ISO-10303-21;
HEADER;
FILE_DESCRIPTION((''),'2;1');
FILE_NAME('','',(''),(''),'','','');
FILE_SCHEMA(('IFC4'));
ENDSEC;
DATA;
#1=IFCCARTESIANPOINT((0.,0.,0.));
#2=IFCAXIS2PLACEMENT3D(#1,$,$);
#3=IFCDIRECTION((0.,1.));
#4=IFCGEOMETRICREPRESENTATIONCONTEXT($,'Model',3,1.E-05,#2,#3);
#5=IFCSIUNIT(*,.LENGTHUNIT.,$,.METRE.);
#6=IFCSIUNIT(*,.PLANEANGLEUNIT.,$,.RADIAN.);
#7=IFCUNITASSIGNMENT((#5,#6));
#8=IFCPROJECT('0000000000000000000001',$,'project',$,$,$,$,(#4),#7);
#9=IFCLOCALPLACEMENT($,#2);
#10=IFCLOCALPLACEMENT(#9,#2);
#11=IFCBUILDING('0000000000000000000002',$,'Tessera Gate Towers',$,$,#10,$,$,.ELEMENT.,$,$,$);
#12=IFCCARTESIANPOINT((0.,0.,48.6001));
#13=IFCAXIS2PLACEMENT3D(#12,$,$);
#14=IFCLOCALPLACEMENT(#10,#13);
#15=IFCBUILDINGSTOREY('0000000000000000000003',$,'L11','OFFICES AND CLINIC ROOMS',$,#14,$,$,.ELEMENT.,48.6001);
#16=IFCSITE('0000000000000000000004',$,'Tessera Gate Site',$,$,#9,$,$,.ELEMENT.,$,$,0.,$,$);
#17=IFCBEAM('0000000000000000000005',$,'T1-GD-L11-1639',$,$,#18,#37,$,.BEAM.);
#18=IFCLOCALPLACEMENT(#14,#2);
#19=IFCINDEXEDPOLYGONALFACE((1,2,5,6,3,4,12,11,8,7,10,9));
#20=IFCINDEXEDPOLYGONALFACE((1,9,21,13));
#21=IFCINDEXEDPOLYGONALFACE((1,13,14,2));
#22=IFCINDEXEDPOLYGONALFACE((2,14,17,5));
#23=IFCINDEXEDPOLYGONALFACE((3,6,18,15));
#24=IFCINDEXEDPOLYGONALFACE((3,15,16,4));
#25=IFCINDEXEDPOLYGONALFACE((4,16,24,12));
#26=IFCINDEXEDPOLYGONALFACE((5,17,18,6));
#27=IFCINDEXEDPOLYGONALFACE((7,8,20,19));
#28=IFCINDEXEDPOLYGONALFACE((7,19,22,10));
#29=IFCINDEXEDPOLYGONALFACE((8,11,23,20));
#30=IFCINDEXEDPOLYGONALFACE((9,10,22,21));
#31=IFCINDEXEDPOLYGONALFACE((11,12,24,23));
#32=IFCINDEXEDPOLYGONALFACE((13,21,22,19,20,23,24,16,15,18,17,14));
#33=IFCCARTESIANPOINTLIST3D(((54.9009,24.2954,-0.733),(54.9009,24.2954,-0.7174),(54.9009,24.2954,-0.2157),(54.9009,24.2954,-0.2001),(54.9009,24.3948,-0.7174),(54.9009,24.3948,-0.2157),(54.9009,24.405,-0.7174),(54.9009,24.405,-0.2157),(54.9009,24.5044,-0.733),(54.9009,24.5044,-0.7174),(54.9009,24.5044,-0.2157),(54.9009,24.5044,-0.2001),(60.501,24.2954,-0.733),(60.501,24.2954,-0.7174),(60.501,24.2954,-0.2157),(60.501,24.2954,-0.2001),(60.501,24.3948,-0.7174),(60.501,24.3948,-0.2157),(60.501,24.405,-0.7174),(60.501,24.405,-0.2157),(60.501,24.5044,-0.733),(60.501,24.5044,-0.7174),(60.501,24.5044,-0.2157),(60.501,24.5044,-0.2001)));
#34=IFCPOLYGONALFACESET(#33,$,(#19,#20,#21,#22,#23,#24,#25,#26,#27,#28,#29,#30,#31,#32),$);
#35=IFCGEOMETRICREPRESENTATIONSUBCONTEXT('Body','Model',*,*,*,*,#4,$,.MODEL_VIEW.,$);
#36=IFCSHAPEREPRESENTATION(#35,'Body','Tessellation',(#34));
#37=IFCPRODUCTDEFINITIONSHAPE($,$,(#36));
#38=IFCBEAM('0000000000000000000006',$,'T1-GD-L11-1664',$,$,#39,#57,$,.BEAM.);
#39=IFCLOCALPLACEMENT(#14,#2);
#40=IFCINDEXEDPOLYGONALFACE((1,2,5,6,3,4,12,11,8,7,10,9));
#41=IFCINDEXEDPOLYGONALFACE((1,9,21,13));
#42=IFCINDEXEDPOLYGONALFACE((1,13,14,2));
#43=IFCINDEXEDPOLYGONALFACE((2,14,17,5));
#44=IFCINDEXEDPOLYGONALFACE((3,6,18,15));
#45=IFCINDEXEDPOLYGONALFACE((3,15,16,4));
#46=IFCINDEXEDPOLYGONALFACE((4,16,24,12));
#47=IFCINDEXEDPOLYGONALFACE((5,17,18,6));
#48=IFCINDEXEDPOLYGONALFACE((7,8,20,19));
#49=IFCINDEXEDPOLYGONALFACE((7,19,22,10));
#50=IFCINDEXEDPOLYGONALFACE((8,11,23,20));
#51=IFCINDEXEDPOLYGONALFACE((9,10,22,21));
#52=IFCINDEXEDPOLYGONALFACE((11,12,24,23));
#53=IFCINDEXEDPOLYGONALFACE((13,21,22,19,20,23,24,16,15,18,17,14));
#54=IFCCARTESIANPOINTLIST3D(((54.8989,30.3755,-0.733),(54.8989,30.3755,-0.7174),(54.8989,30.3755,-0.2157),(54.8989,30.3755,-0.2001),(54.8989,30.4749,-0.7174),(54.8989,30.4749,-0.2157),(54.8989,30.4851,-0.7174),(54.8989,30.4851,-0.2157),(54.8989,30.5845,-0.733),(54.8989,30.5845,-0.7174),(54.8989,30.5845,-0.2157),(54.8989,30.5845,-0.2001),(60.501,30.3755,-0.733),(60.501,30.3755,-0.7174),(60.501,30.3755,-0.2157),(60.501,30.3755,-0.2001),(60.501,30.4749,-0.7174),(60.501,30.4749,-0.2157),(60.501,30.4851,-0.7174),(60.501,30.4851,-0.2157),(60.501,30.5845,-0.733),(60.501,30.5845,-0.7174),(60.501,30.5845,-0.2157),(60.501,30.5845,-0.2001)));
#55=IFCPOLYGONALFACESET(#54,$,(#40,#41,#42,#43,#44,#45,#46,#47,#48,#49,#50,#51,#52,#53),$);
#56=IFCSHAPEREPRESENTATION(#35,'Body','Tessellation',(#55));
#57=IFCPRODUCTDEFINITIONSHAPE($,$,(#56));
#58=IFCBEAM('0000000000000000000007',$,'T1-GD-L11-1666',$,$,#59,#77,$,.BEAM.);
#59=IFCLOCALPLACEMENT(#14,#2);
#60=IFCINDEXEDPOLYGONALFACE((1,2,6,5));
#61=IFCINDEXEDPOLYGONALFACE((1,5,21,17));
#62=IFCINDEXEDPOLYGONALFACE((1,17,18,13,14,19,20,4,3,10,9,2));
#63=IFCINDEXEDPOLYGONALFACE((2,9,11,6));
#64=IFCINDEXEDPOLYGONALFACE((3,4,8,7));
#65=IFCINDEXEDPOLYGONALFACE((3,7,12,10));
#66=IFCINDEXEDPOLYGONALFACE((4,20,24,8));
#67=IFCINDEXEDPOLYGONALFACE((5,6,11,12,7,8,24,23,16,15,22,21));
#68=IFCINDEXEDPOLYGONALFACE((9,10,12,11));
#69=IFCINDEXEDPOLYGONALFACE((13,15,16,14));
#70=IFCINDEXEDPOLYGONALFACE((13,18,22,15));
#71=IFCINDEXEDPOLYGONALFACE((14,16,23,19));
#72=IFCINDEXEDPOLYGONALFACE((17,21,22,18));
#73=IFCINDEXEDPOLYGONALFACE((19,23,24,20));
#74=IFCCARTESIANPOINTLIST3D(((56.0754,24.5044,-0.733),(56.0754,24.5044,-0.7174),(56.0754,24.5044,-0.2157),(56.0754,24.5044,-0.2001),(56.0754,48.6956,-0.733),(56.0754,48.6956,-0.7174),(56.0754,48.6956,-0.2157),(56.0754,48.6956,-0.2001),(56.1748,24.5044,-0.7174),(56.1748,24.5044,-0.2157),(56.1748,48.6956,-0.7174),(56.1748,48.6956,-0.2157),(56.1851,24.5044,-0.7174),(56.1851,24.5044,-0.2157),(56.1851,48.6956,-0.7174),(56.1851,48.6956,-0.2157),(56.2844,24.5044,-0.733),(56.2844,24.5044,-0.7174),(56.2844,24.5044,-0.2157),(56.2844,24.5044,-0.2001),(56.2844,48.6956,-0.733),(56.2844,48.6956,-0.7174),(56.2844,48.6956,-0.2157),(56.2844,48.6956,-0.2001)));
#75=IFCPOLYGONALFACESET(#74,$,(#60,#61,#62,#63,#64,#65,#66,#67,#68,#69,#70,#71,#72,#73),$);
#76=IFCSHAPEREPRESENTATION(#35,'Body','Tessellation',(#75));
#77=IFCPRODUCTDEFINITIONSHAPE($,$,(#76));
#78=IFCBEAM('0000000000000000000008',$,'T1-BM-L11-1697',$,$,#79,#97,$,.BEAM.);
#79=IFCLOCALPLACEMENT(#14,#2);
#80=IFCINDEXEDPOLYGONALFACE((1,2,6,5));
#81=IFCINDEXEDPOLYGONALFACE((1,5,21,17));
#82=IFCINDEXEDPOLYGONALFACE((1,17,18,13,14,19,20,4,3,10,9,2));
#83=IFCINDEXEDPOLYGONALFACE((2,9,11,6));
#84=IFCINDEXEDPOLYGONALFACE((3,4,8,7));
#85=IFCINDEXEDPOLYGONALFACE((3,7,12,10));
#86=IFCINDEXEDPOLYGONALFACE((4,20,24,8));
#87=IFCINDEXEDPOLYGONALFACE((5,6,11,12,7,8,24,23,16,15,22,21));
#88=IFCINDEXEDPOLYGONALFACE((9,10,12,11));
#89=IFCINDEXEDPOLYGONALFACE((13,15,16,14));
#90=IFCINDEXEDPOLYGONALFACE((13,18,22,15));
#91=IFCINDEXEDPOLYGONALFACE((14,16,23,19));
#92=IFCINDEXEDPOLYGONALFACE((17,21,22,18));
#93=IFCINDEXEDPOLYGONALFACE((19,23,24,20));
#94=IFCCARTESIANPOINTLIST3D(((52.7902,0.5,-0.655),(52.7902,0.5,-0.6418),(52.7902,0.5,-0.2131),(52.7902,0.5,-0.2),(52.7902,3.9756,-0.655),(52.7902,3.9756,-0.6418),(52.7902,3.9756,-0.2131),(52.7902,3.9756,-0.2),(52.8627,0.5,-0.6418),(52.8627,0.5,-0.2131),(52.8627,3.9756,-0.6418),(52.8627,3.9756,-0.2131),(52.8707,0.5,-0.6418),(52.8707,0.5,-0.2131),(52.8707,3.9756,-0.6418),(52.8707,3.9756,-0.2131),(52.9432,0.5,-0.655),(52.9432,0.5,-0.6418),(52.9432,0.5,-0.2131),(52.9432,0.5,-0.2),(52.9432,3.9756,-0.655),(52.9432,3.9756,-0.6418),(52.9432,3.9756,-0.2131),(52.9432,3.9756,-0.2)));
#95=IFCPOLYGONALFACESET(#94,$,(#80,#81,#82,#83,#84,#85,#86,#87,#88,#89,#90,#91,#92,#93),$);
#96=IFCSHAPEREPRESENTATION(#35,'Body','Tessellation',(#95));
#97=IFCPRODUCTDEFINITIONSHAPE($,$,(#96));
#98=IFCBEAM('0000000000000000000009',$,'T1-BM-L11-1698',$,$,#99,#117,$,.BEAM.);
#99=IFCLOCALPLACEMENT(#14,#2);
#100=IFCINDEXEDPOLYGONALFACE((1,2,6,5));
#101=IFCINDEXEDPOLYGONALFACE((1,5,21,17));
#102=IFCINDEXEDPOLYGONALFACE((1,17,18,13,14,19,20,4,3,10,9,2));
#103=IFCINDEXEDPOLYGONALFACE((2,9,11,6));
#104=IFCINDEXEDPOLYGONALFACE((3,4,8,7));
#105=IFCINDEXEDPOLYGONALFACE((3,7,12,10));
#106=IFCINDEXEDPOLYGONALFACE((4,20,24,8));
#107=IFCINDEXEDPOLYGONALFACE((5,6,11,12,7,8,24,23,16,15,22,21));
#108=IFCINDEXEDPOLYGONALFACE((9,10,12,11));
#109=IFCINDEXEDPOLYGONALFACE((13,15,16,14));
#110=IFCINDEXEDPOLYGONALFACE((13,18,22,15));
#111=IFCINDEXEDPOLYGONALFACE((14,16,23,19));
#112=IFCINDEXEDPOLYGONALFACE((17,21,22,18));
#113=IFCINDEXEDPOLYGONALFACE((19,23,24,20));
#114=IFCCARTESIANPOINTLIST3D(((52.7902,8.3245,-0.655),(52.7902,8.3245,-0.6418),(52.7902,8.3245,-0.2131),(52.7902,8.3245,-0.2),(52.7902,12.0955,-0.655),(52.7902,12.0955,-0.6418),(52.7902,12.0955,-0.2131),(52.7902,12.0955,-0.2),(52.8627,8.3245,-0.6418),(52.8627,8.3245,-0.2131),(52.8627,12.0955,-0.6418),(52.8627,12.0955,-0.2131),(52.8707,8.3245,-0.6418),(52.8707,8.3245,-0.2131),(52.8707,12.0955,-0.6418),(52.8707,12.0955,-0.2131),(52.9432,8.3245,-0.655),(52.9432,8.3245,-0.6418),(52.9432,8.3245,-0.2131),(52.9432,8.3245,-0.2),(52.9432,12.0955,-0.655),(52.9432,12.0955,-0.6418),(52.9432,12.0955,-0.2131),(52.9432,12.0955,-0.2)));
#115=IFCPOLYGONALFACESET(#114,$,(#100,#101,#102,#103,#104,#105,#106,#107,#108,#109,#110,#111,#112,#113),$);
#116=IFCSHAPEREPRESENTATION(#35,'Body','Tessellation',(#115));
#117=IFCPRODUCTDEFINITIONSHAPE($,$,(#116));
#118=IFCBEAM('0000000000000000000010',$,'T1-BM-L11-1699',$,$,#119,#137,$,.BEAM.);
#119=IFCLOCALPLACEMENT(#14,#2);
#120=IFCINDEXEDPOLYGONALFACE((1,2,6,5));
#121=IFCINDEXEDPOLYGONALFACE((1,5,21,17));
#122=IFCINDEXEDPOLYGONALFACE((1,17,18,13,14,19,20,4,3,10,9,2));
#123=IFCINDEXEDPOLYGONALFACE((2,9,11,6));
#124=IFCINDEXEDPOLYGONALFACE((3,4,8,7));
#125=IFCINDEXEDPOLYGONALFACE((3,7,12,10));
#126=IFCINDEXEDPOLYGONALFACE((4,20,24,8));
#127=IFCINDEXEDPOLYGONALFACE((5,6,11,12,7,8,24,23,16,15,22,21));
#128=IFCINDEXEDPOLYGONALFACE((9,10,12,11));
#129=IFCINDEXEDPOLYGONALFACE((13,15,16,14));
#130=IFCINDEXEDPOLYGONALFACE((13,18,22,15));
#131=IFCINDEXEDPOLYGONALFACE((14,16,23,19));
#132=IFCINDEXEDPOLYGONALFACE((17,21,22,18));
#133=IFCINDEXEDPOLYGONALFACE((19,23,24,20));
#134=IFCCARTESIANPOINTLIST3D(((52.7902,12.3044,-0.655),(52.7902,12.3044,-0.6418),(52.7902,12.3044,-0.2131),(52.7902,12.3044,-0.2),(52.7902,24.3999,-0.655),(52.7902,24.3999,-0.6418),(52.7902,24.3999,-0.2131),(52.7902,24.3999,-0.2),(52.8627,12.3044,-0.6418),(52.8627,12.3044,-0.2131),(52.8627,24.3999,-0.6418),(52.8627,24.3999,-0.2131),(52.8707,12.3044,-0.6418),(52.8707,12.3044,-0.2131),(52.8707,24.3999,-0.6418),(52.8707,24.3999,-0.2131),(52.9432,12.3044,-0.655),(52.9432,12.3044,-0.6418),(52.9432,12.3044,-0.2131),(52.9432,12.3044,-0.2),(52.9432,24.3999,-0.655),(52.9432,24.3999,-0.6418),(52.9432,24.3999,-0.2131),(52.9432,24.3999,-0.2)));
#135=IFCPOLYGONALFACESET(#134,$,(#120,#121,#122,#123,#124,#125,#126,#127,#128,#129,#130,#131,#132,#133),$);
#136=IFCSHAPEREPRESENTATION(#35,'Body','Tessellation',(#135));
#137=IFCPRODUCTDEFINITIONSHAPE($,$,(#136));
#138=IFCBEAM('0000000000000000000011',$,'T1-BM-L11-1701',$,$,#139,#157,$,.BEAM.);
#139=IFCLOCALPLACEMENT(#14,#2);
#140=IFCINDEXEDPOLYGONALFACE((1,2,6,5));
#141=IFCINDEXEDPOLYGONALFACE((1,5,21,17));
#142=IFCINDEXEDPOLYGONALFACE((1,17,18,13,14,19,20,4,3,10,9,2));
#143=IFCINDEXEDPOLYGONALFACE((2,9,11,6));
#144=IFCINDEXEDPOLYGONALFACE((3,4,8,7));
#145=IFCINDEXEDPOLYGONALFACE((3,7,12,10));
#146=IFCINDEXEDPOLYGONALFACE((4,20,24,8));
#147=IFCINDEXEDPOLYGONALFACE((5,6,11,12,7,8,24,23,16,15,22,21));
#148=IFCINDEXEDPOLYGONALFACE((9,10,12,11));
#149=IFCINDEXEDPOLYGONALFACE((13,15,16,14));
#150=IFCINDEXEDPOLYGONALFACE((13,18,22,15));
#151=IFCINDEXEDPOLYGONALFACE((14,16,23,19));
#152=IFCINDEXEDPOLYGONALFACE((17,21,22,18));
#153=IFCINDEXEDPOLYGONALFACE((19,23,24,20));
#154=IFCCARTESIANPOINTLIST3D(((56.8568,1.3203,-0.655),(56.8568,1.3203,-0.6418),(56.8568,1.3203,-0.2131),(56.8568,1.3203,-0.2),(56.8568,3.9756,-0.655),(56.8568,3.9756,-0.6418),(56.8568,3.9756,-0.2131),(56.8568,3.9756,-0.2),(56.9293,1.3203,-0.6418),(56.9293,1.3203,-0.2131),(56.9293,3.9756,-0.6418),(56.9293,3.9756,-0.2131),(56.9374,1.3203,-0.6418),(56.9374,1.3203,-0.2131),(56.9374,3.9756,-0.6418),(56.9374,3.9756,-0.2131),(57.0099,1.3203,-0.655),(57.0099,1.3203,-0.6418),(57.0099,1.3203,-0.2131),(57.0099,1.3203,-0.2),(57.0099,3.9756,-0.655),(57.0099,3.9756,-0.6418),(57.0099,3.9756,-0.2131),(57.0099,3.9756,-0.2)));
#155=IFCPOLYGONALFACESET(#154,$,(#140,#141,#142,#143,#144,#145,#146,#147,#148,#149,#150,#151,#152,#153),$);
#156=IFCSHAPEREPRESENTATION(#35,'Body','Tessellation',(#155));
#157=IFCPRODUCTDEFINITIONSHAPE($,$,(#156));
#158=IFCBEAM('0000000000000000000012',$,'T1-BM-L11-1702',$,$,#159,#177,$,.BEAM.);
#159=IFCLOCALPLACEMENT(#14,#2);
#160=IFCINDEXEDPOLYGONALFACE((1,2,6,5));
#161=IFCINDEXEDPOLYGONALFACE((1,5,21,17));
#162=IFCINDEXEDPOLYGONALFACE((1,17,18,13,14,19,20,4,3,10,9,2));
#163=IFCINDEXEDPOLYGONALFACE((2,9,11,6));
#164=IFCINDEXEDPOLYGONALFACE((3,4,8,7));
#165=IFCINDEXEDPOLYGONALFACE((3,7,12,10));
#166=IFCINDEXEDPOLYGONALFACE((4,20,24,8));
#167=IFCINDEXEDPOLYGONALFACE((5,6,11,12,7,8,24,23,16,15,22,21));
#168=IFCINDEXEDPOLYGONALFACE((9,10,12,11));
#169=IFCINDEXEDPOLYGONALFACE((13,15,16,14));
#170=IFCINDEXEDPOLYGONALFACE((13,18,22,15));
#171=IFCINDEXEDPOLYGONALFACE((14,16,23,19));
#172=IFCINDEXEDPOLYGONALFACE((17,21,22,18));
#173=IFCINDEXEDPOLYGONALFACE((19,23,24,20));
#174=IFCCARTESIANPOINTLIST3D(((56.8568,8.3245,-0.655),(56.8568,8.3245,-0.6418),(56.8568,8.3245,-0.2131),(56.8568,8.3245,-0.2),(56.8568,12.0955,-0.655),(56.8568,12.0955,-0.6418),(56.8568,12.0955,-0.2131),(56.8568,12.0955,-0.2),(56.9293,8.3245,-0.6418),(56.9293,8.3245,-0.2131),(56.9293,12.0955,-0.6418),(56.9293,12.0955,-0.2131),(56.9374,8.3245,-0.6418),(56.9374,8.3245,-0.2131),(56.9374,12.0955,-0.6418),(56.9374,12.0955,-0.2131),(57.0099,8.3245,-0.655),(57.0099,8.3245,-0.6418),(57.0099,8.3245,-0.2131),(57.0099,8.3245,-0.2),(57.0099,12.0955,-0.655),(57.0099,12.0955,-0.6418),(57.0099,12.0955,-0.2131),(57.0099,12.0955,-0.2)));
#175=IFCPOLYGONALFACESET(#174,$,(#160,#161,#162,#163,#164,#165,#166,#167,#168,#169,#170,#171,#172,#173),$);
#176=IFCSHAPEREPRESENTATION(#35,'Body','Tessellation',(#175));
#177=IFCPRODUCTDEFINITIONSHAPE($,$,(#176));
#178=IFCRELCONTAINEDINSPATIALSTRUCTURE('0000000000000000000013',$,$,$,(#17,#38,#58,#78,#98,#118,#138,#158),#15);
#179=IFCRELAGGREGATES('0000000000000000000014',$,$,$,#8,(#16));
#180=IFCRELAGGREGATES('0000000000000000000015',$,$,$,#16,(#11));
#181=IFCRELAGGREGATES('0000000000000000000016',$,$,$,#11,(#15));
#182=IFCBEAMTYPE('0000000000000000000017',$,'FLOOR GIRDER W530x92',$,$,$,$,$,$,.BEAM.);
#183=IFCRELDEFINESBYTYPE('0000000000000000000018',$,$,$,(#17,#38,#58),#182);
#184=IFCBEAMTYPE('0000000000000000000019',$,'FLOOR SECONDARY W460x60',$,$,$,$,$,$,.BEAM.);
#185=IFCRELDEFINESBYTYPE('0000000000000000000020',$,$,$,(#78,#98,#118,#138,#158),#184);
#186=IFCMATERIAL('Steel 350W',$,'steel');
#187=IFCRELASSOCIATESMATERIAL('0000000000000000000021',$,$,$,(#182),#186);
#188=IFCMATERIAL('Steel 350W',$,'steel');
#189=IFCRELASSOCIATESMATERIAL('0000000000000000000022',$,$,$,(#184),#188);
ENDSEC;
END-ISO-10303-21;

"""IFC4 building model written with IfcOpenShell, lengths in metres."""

from ifc_helpers import new_model, si_unit, direction, frame, origin, origin_2d, place, context, subcontext, project, spatial, i_section, extrude, material, material_profile, profile_set, type_object, element, save


model = new_model("IFC4")

# Units and contexts
model_context = context("Model", 3, precision=1e-05, world=origin(), true_north=direction((0.0, 1.0)))
body_context = subcontext(model_context, "Body", "Model", "MODEL_VIEW")
ifc_project = project(units=[si_unit("LENGTHUNIT", "METRE"), si_unit("PLANEANGLEUNIT", "RADIAN")], contexts=[model_context])

# Site, building, storey
site_placement = place(None, origin())
site = spatial("IfcSite", under=ifc_project, at=site_placement, Name="Tessera Gate Site", CompositionType="ELEMENT", RefElevation=0.0)
building_placement = place(site_placement, origin())
building = spatial("IfcBuilding", under=site, at=building_placement, Name="Tessera Gate Towers", CompositionType="ELEMENT")
storey_placement = place(building_placement, frame((0.0, 0.0, 48.6001)))
storey = spatial("IfcBuildingStorey", under=building, at=storey_placement, Name="L11", Description="OFFICES AND CLINIC ROOMS", CompositionType="ELEMENT", Elevation=48.6001)

# Beams
ifc_material_1 = material(Name="Steel 350W", Category="steel")
ifc_material_profile_1 = material_profile(ifc_material_1, i_section(OverallWidth=0.209, OverallDepth=0.533, WebThickness=0.0103, FlangeThickness=0.0156, at=origin_2d()), Name="W530x92")
ifc_profile_set_1 = profile_set([ifc_material_profile_1], Name="Steel 350W")
beam_type_1 = type_object("IfcBeamType", Name="FLOOR GIRDER W530x92", PredefinedType="BEAM", material=ifc_profile_set_1)
beam_1_placement = place(storey_placement, frame((54.9009, 24.3999, -0.4666), z_axis=(1.0, 0.0, 0.0), x_axis=(0.0, 1.0, 0.0)))
element("IfcBeam", 1, at=beam_1_placement, inside=storey, type_object=beam_type_1, Name="T1-GD-L11-1639", PredefinedType="BEAM", context=body_context, shape_type="SweptSolid", body=[
    extrude(i_section(OverallWidth=0.209, OverallDepth=0.533, WebThickness=0.0103, FlangeThickness=0.0156, at=origin_2d()), origin(), (0.0, 0.0, 1.0), 5.6001),
])
beam_2_placement = place(storey_placement, frame((54.8989, 30.48, -0.4666), z_axis=(1.0, 0.0, 0.0), x_axis=(0.0, 1.0, 0.0)))
element("IfcBeam", 2, at=beam_2_placement, inside=storey, type_object=beam_type_1, Name="T1-GD-L11-1664", PredefinedType="BEAM", context=body_context, shape_type="SweptSolid", body=[
    extrude(i_section(OverallWidth=0.209, OverallDepth=0.533, WebThickness=0.0103, FlangeThickness=0.0156, at=origin_2d()), origin(), (0.0, 0.0, 1.0), 5.6021),
])
beam_3_placement = place(storey_placement, frame((56.1799, 24.5044, -0.4666), z_axis=(0.0, 1.0, 0.0), x_axis=(-1.0, 0.0, 0.0)))
element("IfcBeam", 3, at=beam_3_placement, inside=storey, type_object=beam_type_1, Name="T1-GD-L11-1666", PredefinedType="BEAM", context=body_context, shape_type="SweptSolid", body=[
    extrude(i_section(OverallWidth=0.209, OverallDepth=0.533, WebThickness=0.0103, FlangeThickness=0.0156, at=origin_2d()), origin(), (0.0, 0.0, 1.0), 24.1912),
])
ifc_material_2 = material(Name="Steel 350W", Category="steel")
ifc_material_profile_2 = material_profile(ifc_material_2, i_section(OverallWidth=0.1531, OverallDepth=0.4551, WebThickness=0.0081, FlangeThickness=0.0132, at=origin_2d()), Name="W460x60")
ifc_profile_set_2 = profile_set([ifc_material_profile_2], Name="Steel 350W")
beam_type_2 = type_object("IfcBeamType", Name="FLOOR SECONDARY W460x60", PredefinedType="BEAM", material=ifc_profile_set_2)
beam_4_placement = place(storey_placement, frame((52.8667, 0.5, -0.4275), z_axis=(0.0, 1.0, 0.0), x_axis=(-1.0, 0.0, 0.0)))
element("IfcBeam", 4, at=beam_4_placement, inside=storey, type_object=beam_type_2, Name="T1-BM-L11-1697", PredefinedType="BEAM", context=body_context, shape_type="SweptSolid", body=[
    extrude(i_section(OverallWidth=0.1531, OverallDepth=0.4551, WebThickness=0.0081, FlangeThickness=0.0132, at=origin_2d()), origin(), (0.0, 0.0, 1.0), 3.4756),
])
beam_5_placement = place(storey_placement, frame((52.8667, 8.3245, -0.4275), z_axis=(0.0, 1.0, 0.0), x_axis=(-1.0, 0.0, 0.0)))
element("IfcBeam", 5, at=beam_5_placement, inside=storey, type_object=beam_type_2, Name="T1-BM-L11-1698", PredefinedType="BEAM", context=body_context, shape_type="SweptSolid", body=[
    extrude(i_section(OverallWidth=0.1531, OverallDepth=0.4551, WebThickness=0.0081, FlangeThickness=0.0132, at=origin_2d()), origin(), (0.0, 0.0, 1.0), 3.771),
])
beam_6_placement = place(storey_placement, frame((52.8667, 12.3044, -0.4275), z_axis=(0.0, 1.0, 0.0), x_axis=(-1.0, 0.0, 0.0)))
element("IfcBeam", 6, at=beam_6_placement, inside=storey, type_object=beam_type_2, Name="T1-BM-L11-1699", PredefinedType="BEAM", context=body_context, shape_type="SweptSolid", body=[
    extrude(i_section(OverallWidth=0.1531, OverallDepth=0.4551, WebThickness=0.0081, FlangeThickness=0.0132, at=origin_2d()), origin(), (0.0, 0.0, 1.0), 12.0955),
])
beam_7_placement = place(storey_placement, frame((56.9333, 1.3203, -0.4275), z_axis=(0.0, 1.0, 0.0), x_axis=(-1.0, 0.0, 0.0)))
element("IfcBeam", 7, at=beam_7_placement, inside=storey, type_object=beam_type_2, Name="T1-BM-L11-1701", PredefinedType="BEAM", context=body_context, shape_type="SweptSolid", body=[
    extrude(i_section(OverallWidth=0.1531, OverallDepth=0.4551, WebThickness=0.0081, FlangeThickness=0.0132, at=origin_2d()), origin(), (0.0, 0.0, 1.0), 2.6553),
])
beam_8_placement = place(storey_placement, frame((56.9333, 8.3245, -0.4275), z_axis=(0.0, 1.0, 0.0), x_axis=(-1.0, 0.0, 0.0)))
element("IfcBeam", 8, at=beam_8_placement, inside=storey, type_object=beam_type_2, Name="T1-BM-L11-1702", PredefinedType="BEAM", context=body_context, shape_type="SweptSolid", body=[
    extrude(i_section(OverallWidth=0.1531, OverallDepth=0.4551, WebThickness=0.0081, FlangeThickness=0.0132, at=origin_2d()), origin(), (0.0, 0.0, 1.0), 3.771),
])

save(model, "model.ifc")
